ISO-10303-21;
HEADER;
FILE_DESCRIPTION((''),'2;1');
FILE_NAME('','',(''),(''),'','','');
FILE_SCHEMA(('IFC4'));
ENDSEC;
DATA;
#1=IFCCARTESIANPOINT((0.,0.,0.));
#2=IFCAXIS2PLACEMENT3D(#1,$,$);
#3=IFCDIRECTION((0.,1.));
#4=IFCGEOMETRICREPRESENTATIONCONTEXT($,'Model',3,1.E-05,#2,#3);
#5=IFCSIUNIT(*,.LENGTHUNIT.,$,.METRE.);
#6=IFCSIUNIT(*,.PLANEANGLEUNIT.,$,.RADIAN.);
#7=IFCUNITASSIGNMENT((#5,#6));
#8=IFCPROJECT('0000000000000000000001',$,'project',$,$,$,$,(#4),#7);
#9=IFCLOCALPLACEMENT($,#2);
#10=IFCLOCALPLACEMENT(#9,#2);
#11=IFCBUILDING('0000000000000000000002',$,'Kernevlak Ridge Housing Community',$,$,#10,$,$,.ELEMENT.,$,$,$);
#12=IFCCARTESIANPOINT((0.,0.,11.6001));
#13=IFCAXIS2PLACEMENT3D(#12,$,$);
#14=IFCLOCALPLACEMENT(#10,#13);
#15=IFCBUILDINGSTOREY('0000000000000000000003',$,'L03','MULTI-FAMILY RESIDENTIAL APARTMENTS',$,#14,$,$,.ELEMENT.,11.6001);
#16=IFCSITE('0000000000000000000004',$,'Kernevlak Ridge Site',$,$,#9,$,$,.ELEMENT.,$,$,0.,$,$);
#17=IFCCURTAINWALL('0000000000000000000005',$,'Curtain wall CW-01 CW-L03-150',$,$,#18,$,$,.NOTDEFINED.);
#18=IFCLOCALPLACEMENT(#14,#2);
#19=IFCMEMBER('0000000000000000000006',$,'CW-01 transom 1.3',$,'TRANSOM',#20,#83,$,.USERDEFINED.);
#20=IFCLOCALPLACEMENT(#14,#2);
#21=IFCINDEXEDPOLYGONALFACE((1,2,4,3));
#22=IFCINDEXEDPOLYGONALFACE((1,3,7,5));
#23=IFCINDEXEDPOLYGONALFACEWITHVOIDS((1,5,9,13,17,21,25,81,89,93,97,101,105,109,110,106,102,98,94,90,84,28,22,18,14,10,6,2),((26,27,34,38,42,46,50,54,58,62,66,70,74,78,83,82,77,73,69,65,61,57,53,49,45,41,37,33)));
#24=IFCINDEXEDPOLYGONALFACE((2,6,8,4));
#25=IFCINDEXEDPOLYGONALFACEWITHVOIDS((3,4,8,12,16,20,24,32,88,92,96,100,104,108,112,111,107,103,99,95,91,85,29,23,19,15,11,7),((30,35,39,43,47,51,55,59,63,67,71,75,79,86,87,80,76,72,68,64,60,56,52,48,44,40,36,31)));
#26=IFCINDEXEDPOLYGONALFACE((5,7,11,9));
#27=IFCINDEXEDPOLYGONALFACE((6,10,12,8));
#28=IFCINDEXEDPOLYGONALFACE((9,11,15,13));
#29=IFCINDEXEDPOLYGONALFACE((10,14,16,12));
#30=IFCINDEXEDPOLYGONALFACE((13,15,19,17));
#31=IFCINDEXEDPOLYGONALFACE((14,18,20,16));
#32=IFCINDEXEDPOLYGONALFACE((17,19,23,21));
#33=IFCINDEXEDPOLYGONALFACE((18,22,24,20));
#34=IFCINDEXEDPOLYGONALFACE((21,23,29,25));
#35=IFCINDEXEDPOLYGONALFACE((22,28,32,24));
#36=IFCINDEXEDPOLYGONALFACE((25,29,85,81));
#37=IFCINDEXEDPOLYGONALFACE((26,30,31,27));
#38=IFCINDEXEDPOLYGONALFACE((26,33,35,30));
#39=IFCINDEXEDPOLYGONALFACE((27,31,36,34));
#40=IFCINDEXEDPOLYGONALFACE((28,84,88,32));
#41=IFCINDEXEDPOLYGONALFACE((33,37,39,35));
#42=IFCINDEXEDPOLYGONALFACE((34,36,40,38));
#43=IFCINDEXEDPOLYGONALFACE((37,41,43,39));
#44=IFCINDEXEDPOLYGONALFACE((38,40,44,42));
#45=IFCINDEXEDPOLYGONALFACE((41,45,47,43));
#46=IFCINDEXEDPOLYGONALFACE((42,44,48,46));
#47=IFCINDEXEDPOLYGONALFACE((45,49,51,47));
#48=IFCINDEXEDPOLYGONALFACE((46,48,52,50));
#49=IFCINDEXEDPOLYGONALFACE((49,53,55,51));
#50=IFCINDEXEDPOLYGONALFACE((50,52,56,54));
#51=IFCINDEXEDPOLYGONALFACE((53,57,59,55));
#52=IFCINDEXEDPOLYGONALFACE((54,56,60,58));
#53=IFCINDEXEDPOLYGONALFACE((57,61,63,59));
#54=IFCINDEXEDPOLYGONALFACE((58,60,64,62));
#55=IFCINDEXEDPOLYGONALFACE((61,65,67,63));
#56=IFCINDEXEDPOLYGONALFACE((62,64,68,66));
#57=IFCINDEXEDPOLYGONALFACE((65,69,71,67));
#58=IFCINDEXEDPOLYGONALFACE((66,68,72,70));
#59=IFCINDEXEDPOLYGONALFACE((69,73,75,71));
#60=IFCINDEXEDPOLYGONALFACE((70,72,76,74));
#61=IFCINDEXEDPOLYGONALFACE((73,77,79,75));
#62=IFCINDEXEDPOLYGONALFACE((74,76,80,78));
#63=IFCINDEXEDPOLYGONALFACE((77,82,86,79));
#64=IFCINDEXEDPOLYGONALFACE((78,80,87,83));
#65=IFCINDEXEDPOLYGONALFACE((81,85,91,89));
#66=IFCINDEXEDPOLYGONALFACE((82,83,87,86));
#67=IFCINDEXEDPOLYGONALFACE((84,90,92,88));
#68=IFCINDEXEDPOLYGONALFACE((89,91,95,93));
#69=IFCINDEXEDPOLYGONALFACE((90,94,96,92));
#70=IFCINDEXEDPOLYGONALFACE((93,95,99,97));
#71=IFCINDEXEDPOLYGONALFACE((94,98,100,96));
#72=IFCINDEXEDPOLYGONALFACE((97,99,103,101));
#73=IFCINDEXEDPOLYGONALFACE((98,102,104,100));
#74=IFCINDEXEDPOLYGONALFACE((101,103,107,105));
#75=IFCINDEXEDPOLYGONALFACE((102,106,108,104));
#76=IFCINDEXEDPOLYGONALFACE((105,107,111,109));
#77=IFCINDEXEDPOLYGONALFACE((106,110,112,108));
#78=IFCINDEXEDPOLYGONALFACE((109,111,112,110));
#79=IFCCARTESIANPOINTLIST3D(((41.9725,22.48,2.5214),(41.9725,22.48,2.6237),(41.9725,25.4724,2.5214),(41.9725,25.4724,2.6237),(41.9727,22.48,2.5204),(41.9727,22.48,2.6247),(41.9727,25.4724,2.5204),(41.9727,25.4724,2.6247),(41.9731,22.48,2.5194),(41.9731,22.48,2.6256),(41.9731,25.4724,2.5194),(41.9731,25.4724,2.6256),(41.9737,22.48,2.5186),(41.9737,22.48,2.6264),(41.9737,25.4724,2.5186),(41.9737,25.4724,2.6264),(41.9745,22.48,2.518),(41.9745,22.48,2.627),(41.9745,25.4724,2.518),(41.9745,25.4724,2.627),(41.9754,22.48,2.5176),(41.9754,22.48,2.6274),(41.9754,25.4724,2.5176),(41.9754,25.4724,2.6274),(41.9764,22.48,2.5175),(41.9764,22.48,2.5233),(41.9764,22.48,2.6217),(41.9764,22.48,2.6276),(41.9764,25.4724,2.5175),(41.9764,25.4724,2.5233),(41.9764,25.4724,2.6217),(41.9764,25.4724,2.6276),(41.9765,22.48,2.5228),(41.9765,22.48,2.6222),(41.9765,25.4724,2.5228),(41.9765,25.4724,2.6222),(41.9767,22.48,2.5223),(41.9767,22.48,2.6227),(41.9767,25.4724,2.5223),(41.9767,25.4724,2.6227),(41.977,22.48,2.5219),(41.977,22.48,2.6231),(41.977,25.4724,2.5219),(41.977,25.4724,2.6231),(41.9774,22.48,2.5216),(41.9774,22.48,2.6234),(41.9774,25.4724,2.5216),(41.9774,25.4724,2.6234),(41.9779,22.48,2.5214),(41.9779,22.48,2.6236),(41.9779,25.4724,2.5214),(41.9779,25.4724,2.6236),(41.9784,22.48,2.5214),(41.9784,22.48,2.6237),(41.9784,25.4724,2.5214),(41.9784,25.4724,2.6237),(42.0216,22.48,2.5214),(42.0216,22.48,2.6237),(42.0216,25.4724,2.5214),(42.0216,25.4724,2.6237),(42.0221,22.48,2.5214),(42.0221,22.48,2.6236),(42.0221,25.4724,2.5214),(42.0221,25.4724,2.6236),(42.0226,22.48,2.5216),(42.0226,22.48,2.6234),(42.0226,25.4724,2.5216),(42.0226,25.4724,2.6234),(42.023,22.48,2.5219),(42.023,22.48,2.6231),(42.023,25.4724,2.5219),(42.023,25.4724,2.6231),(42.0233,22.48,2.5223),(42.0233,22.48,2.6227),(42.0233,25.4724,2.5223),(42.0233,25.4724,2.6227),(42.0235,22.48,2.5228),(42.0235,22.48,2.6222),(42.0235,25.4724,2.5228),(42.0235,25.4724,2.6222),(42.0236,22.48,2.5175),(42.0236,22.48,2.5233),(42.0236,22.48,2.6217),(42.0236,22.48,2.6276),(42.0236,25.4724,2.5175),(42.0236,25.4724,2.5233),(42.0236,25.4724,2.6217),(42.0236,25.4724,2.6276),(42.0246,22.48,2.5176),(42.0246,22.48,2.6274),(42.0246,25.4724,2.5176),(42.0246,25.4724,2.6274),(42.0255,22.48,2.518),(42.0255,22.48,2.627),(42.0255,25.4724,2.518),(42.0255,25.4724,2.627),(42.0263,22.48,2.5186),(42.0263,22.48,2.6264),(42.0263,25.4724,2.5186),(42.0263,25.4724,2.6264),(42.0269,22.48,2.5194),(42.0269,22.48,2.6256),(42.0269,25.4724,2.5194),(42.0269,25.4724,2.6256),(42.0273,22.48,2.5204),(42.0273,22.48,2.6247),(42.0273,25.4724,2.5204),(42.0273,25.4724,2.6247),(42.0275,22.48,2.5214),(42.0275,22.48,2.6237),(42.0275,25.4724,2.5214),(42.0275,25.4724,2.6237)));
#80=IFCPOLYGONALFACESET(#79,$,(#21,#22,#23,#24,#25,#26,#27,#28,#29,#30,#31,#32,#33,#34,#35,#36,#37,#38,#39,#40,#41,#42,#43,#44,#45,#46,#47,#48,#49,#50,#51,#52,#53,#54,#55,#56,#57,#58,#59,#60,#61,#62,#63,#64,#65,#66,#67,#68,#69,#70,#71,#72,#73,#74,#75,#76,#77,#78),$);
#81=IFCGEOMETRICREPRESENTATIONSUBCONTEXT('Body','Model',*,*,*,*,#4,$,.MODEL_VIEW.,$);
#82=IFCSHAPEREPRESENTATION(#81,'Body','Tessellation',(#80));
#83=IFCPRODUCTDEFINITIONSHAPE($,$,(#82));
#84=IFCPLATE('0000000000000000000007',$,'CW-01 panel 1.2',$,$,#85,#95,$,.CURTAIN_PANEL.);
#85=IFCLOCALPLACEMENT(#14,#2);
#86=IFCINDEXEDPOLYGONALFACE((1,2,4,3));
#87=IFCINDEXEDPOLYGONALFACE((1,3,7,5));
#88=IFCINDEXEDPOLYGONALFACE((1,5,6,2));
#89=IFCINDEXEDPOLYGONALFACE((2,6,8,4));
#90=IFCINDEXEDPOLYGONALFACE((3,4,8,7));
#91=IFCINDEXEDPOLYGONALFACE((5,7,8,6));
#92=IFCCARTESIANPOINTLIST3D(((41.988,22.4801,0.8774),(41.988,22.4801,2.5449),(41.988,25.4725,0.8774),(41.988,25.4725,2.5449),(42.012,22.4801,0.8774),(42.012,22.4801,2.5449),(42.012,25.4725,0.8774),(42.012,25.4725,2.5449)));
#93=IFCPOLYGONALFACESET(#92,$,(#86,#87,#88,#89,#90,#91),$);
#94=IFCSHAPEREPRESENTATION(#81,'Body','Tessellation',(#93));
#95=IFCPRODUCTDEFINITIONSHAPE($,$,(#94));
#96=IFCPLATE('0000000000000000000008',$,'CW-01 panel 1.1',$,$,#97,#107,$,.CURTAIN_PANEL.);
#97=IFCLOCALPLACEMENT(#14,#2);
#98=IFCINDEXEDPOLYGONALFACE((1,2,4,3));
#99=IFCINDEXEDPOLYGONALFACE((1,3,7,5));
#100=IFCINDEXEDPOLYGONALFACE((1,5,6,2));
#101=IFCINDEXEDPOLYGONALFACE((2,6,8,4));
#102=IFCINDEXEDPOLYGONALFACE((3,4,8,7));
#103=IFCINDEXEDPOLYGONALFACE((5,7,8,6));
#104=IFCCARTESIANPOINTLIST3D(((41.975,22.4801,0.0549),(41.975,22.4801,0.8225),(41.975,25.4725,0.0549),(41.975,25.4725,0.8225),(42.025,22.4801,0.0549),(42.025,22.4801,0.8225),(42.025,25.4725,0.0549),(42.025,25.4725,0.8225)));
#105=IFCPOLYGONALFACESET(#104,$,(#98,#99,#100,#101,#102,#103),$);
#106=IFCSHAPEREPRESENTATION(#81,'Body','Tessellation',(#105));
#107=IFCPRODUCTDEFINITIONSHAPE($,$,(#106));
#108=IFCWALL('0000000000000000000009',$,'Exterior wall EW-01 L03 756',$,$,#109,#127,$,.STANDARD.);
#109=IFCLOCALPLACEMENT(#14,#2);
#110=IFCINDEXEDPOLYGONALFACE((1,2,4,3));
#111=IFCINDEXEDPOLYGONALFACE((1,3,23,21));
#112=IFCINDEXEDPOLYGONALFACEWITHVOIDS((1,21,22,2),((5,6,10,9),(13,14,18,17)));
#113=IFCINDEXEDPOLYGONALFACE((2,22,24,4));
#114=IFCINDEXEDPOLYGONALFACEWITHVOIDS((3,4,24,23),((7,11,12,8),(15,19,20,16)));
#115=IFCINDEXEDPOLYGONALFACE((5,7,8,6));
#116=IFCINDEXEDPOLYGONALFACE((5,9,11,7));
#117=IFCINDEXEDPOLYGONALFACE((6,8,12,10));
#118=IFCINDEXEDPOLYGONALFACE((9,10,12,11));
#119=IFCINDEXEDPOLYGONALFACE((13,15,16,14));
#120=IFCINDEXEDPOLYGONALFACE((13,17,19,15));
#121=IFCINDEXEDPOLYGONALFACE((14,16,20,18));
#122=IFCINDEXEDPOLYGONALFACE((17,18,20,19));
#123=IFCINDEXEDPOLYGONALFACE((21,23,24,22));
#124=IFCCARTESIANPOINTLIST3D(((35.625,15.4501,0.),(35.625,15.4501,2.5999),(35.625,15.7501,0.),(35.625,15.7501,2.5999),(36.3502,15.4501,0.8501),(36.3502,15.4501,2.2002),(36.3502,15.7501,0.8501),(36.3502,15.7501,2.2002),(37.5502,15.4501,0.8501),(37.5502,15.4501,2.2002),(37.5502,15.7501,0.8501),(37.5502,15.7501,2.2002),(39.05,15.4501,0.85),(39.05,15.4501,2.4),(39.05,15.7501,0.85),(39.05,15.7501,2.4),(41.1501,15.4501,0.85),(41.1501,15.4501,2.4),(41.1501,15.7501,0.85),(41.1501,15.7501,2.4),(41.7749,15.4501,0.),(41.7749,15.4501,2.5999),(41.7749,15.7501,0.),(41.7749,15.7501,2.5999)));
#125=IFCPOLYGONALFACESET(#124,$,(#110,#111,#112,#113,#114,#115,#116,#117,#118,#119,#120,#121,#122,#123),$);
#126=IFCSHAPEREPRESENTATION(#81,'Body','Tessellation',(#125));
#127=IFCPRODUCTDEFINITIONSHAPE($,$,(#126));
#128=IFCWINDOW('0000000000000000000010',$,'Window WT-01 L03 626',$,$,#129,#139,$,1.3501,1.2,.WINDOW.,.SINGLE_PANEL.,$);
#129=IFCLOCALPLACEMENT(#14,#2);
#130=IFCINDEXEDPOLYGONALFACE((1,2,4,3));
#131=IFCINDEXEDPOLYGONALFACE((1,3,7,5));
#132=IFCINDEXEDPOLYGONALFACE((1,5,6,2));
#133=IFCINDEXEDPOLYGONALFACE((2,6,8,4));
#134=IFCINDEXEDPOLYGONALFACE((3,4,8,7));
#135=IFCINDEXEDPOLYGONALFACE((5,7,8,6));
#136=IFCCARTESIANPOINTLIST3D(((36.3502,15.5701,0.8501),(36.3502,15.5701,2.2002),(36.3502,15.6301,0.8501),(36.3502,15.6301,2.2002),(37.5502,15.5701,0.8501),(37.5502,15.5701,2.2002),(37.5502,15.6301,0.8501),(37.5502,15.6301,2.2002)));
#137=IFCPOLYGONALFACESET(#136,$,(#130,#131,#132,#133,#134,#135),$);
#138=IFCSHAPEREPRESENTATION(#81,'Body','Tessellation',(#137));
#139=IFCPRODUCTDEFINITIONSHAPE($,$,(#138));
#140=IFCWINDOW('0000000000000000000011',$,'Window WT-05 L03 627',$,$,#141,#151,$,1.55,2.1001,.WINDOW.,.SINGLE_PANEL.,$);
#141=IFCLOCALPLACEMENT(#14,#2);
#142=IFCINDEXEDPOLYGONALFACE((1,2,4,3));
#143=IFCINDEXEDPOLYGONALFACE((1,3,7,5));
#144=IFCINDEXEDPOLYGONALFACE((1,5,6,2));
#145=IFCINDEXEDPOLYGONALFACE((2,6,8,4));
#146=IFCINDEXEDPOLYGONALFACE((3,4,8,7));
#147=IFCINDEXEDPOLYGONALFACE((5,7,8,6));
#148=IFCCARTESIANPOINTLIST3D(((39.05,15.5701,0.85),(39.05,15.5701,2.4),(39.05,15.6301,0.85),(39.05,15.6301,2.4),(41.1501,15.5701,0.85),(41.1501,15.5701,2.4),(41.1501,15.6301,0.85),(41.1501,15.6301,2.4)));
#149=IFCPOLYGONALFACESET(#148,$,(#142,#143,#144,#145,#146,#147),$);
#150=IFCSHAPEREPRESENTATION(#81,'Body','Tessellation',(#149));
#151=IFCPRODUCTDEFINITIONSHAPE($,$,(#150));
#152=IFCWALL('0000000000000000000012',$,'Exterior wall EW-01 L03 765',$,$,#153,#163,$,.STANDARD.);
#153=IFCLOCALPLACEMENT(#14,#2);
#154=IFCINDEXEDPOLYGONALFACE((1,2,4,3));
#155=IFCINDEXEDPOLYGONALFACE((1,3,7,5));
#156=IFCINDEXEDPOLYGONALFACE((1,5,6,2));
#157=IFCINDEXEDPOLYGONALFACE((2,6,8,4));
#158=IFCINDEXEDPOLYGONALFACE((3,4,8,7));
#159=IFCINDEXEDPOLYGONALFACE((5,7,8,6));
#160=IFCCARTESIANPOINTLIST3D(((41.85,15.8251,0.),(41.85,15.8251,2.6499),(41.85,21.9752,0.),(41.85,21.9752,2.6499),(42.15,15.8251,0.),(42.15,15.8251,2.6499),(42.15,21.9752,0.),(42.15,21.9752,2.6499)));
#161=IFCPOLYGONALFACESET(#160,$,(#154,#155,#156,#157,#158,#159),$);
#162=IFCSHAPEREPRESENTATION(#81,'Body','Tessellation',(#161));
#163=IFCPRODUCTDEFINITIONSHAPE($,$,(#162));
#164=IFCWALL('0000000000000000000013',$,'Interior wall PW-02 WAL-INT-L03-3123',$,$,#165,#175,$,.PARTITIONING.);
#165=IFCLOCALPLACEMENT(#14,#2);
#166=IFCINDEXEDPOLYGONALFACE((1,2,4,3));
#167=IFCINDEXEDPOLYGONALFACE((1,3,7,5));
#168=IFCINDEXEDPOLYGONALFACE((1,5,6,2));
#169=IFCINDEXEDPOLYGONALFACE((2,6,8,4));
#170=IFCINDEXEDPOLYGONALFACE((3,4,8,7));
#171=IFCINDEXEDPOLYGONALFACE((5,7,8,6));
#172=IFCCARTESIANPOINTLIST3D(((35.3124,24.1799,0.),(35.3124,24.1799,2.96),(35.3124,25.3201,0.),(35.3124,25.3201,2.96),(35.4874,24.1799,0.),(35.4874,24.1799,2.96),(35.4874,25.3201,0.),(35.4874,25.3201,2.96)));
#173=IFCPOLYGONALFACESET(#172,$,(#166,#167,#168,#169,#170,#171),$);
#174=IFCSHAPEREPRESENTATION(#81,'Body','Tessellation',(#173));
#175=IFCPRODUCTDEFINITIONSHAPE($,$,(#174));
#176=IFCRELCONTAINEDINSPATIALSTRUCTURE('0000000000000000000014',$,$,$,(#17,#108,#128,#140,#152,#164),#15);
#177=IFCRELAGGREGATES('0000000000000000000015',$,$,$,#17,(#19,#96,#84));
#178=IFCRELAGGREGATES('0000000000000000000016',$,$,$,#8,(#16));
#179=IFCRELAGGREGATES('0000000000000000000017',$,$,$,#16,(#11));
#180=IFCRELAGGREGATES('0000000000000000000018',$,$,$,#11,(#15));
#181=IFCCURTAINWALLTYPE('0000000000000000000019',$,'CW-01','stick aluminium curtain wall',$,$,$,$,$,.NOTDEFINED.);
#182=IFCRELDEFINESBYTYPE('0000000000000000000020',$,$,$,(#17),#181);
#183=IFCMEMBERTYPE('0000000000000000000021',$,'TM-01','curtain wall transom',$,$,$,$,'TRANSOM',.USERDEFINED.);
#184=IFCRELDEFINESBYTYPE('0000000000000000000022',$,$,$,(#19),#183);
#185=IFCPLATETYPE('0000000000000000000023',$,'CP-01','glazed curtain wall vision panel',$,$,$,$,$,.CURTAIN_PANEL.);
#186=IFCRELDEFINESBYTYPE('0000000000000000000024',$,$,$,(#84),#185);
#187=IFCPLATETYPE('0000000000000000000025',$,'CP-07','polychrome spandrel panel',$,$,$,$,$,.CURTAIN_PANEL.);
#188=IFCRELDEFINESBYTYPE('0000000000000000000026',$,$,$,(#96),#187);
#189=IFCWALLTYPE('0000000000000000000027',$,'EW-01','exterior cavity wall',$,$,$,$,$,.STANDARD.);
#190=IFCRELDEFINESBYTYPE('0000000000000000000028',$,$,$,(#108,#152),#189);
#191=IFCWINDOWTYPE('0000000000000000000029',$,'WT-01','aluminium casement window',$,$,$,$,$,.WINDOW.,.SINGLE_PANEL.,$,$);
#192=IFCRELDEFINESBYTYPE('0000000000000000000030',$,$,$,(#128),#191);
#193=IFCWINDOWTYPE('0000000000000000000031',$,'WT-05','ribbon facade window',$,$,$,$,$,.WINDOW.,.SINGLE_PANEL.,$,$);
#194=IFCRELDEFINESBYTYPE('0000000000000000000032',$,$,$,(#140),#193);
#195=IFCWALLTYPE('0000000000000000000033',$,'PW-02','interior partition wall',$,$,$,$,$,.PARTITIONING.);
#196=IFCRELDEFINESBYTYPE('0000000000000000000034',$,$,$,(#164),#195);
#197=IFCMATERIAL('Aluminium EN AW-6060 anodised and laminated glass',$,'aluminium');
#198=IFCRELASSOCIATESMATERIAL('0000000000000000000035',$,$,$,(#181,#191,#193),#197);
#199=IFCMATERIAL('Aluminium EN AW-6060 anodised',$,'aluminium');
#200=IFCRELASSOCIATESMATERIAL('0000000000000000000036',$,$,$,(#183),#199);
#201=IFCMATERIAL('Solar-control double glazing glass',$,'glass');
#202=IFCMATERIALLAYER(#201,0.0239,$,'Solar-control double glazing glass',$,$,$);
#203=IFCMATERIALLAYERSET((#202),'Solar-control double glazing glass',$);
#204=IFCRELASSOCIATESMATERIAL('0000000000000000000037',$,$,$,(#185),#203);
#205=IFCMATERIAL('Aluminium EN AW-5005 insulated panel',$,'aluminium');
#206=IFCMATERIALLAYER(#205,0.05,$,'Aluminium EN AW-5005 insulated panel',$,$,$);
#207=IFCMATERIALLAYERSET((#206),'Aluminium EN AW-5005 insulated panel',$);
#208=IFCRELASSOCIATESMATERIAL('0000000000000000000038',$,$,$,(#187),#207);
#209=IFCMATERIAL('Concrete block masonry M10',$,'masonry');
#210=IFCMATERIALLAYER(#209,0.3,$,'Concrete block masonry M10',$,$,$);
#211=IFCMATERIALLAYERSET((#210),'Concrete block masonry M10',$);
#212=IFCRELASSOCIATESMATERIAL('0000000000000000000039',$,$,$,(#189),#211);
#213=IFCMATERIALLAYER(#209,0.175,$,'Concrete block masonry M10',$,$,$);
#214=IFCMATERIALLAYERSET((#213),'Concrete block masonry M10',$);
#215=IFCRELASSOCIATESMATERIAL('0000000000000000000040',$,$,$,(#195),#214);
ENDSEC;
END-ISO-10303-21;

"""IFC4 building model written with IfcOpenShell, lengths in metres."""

from ifc_helpers import new_model, si_unit, direction, frame, frame_2d, origin, origin_2d, place, context, subcontext, project, spatial, rectangle, hollow_rectangle, extrude, material, layer, layer_set, material_profile, profile_set, type_object, element, fill, aggregate, save


model = new_model("IFC4")

# Units and contexts
model_context = context("Model", 3, precision=1e-05, world=origin(), true_north=direction((0.0, 1.0)))
body_context = subcontext(model_context, "Body", "Model", "MODEL_VIEW")
ifc_project = project(units=[si_unit("LENGTHUNIT", "METRE"), si_unit("PLANEANGLEUNIT", "RADIAN")], contexts=[model_context])

# Site, building, storey
site_placement = place(None, origin())
site = spatial("IfcSite", under=ifc_project, at=site_placement, Name="Kernevlak Ridge Site", CompositionType="ELEMENT", RefElevation=0.0)
building_placement = place(site_placement, origin())
building = spatial("IfcBuilding", under=site, at=building_placement, Name="Kernevlak Ridge Housing Community", CompositionType="ELEMENT")
storey_placement = place(building_placement, frame((0.0, 0.0, 11.6001)))
storey = spatial("IfcBuildingStorey", under=building, at=storey_placement, Name="L03", Description="MULTI-FAMILY RESIDENTIAL APARTMENTS", CompositionType="ELEMENT", Elevation=11.6001)

# Curtain wall
ifc_material_1 = material(Name="Aluminium EN AW-6060 anodised and laminated glass", Category="aluminium")
curtain_wall_type = type_object("IfcCurtainWallType", Name="CW-01", Description="stick aluminium curtain wall", PredefinedType="NOTDEFINED", material=ifc_material_1)
curtain_wall_placement = place(storey_placement, origin())
curtain_wall = element("IfcCurtainWall", 1, at=curtain_wall_placement, inside=storey, type_object=curtain_wall_type, Name="Curtain wall CW-01 CW-L03-150", PredefinedType="NOTDEFINED")
ifc_material_2 = material(Name="Aluminium EN AW-6060 anodised", Category="aluminium")

# Member
ifc_material_profile_1 = material_profile(ifc_material_2, hollow_rectangle(XDim=0.0549, YDim=0.1101, WallThickness=0.0039, InnerFilletRadius=0.002, OuterFilletRadius=0.0039, at=origin_2d()), Name="ALU 55x110x4")
ifc_profile_set_1 = profile_set([ifc_material_profile_1], Name="Aluminium EN AW-6060 anodised")
member_type_1 = type_object("IfcMemberType", Name="TM-01", Description="curtain wall transom", ElementType="TRANSOM", PredefinedType="USERDEFINED", material=ifc_profile_set_1)
member_1_placement = place(storey_placement, frame((42.0, 22.48, 2.5725), z_axis=(0.0, 1.0, 0.0), x_axis=(-1.0, 0.0, 0.0)))
member_1 = element("IfcMember", 2, at=member_1_placement, type_object=member_type_1, Name="CW-01 transom 1.3", ObjectType="TRANSOM", PredefinedType="USERDEFINED", context=body_context, shape_type="SweptSolid", body=[
    extrude(hollow_rectangle(XDim=0.0549, YDim=0.1101, WallThickness=0.0039, InnerFilletRadius=0.002, OuterFilletRadius=0.0039, at=origin_2d()), origin(), (0.0, 0.0, 1.0), 2.9924),
])

# Plates
ifc_material_3 = material(Name="Solar-control double glazing glass", Category="glass")
ifc_layer_1 = layer(ifc_material_3, 0.0239, Name="Solar-control double glazing glass")
ifc_layer_set_1 = layer_set([ifc_layer_1], Name="Solar-control double glazing glass")
plate_type_1 = type_object("IfcPlateType", Name="CP-01", Description="glazed curtain wall vision panel", PredefinedType="CURTAIN_PANEL", material=ifc_layer_set_1)
plate_1_placement = place(storey_placement, frame((42.0, 23.9763, 0.8774), z_axis=(0.0, 0.0, 1.0), x_axis=(0.0, 1.0, 0.0)))
plate_1 = element("IfcPlate", 3, at=plate_1_placement, type_object=plate_type_1, Name="CW-01 panel 1.2", PredefinedType="CURTAIN_PANEL", context=body_context, shape_type="SweptSolid", body=[
    extrude(rectangle(XDim=2.9924, YDim=0.0239, at=origin_2d()), origin(), (0.0, 0.0, 1.0), 1.6675),
])
ifc_material_4 = material(Name="Aluminium EN AW-5005 insulated panel", Category="aluminium")
ifc_layer_2 = layer(ifc_material_4, 0.05, Name="Aluminium EN AW-5005 insulated panel")
ifc_layer_set_2 = layer_set([ifc_layer_2], Name="Aluminium EN AW-5005 insulated panel")
plate_type_2 = type_object("IfcPlateType", Name="CP-07", Description="polychrome spandrel panel", PredefinedType="CURTAIN_PANEL", material=ifc_layer_set_2)
plate_2_placement = place(storey_placement, frame((42.0, 23.9763, 0.0549), z_axis=(0.0, 0.0, 1.0), x_axis=(0.0, 1.0, 0.0)))
plate_2 = element("IfcPlate", 4, at=plate_2_placement, type_object=plate_type_2, Name="CW-01 panel 1.1", PredefinedType="CURTAIN_PANEL", context=body_context, shape_type="SweptSolid", body=[
    extrude(rectangle(XDim=2.9924, YDim=0.05, at=origin_2d()), origin(), (0.0, 0.0, 1.0), 0.7676),
])
aggregate(curtain_wall, [member_1, plate_2, plate_1])

# Wall, openings, windows
ifc_material_5 = material(Name="Concrete block masonry M10", Category="masonry")
ifc_layer_3 = layer(ifc_material_5, 0.3, Name="Concrete block masonry M10")
ifc_layer_set_3 = layer_set([ifc_layer_3], Name="Concrete block masonry M10")
wall_type_1 = type_object("IfcWallType", Name="EW-01", Description="exterior cavity wall", PredefinedType="STANDARD", material=ifc_layer_set_3)
wall_1_placement = place(storey_placement, frame((35.625, 15.6001, 0.0), z_axis=(0.0, 0.0, 1.0), x_axis=(1.0, 0.0, 0.0)))
wall_1 = element("IfcWall", 5, at=wall_1_placement, inside=storey, type_object=wall_type_1, Name="Exterior wall EW-01 L03 756", PredefinedType="STANDARD", context=body_context, shape_type="SweptSolid", body=[
    extrude(rectangle(XDim=6.1499, YDim=0.3, at=frame_2d((3.075, 0.0))), origin(), (0.0, 0.0, 1.0), 2.5999),
])
opening_1_placement = place(wall_1_placement, frame((0.7251, 0.0, 0.8501)))
opening_1 = element("IfcOpeningElement", 6, at=opening_1_placement, cuts=wall_1, PredefinedType="OPENING", context=body_context, shape_type="SweptSolid", body=[
    extrude(rectangle(XDim=1.2, YDim=1.3501, at=frame_2d((0.6001, 0.675))), frame((0.0, 0.1599, 0.0), z_axis=(0.0, -1.0, 0.0), x_axis=(1.0, 0.0, 0.0)), (0.0, 0.0, 1.0), 0.3201),
])
opening_2_placement = place(wall_1_placement, frame((3.425, 0.0, 0.8501)))
opening_2 = element("IfcOpeningElement", 7, at=opening_2_placement, cuts=wall_1, PredefinedType="OPENING", context=body_context, shape_type="SweptSolid", body=[
    extrude(rectangle(XDim=2.1001, YDim=1.55, at=frame_2d((1.05, 0.7749))), frame((0.0, 0.1599, 0.0), z_axis=(0.0, -1.0, 0.0), x_axis=(1.0, 0.0, 0.0)), (0.0, 0.0, 1.0), 0.3201),
])
window_type_1 = type_object("IfcWindowType", Name="WT-01", Description="aluminium casement window", PartitioningType="SINGLE_PANEL", PredefinedType="WINDOW", material=ifc_material_1)
window_1_placement = place(opening_1_placement, origin())
window_1 = element("IfcWindow", 8, at=window_1_placement, inside=storey, type_object=window_type_1, Name="Window WT-01 L03 626", OverallHeight=1.3501, OverallWidth=1.2, PartitioningType="SINGLE_PANEL", PredefinedType="WINDOW", context=body_context, shape_type="SweptSolid", body=[
    extrude(rectangle(XDim=1.2, YDim=1.3501, at=frame_2d((0.6001, 0.675))), frame((0.0, 0.03, 0.0), z_axis=(0.0, -1.0, 0.0), x_axis=(1.0, 0.0, 0.0)), (0.0, 0.0, 1.0), 0.0601),
])
fill(opening_1, window_1)
window_type_2 = type_object("IfcWindowType", Name="WT-05", Description="ribbon facade window", PartitioningType="SINGLE_PANEL", PredefinedType="WINDOW", material=ifc_material_1)
window_2_placement = place(opening_2_placement, origin())
window_2 = element("IfcWindow", 9, at=window_2_placement, inside=storey, type_object=window_type_2, Name="Window WT-05 L03 627", OverallHeight=1.55, OverallWidth=2.1001, PartitioningType="SINGLE_PANEL", PredefinedType="WINDOW", context=body_context, shape_type="SweptSolid", body=[
    extrude(rectangle(XDim=2.1001, YDim=1.55, at=frame_2d((1.05, 0.7749))), frame((0.0, 0.03, 0.0), z_axis=(0.0, -1.0, 0.0), x_axis=(1.0, 0.0, 0.0)), (0.0, 0.0, 1.0), 0.0601),
])
fill(opening_2, window_2)

# Walls
wall_2_placement = place(storey_placement, frame((42.0, 15.825, 0.0), z_axis=(0.0, 0.0, 1.0), x_axis=(0.0, 1.0, 0.0)))
element("IfcWall", 10, at=wall_2_placement, inside=storey, type_object=wall_type_1, Name="Exterior wall EW-01 L03 765", PredefinedType="STANDARD", context=body_context, shape_type="SweptSolid", body=[
    extrude(rectangle(XDim=6.1501, YDim=0.3, at=frame_2d((3.0752, 0.0))), origin(), (0.0, 0.0, 1.0), 2.6499),
])
ifc_layer_4 = layer(ifc_material_5, 0.175, Name="Concrete block masonry M10")
ifc_layer_set_4 = layer_set([ifc_layer_4], Name="Concrete block masonry M10")
wall_type_2 = type_object("IfcWallType", Name="PW-02", Description="interior partition wall", PredefinedType="PARTITIONING", material=ifc_layer_set_4)
wall_3_placement = place(storey_placement, frame((35.3999, 24.1799, 0.0), z_axis=(0.0, 0.0, 1.0), x_axis=(0.0, 1.0, 0.0)))
element("IfcWall", 11, at=wall_3_placement, inside=storey, type_object=wall_type_2, Name="Interior wall PW-02 WAL-INT-L03-3123", PredefinedType="PARTITIONING", context=body_context, shape_type="SweptSolid", body=[
    extrude(rectangle(XDim=1.1401, YDim=0.175, at=frame_2d((0.5701, 0.0))), origin(), (0.0, 0.0, 1.0), 2.96),
])

save(model, "model.ifc")
